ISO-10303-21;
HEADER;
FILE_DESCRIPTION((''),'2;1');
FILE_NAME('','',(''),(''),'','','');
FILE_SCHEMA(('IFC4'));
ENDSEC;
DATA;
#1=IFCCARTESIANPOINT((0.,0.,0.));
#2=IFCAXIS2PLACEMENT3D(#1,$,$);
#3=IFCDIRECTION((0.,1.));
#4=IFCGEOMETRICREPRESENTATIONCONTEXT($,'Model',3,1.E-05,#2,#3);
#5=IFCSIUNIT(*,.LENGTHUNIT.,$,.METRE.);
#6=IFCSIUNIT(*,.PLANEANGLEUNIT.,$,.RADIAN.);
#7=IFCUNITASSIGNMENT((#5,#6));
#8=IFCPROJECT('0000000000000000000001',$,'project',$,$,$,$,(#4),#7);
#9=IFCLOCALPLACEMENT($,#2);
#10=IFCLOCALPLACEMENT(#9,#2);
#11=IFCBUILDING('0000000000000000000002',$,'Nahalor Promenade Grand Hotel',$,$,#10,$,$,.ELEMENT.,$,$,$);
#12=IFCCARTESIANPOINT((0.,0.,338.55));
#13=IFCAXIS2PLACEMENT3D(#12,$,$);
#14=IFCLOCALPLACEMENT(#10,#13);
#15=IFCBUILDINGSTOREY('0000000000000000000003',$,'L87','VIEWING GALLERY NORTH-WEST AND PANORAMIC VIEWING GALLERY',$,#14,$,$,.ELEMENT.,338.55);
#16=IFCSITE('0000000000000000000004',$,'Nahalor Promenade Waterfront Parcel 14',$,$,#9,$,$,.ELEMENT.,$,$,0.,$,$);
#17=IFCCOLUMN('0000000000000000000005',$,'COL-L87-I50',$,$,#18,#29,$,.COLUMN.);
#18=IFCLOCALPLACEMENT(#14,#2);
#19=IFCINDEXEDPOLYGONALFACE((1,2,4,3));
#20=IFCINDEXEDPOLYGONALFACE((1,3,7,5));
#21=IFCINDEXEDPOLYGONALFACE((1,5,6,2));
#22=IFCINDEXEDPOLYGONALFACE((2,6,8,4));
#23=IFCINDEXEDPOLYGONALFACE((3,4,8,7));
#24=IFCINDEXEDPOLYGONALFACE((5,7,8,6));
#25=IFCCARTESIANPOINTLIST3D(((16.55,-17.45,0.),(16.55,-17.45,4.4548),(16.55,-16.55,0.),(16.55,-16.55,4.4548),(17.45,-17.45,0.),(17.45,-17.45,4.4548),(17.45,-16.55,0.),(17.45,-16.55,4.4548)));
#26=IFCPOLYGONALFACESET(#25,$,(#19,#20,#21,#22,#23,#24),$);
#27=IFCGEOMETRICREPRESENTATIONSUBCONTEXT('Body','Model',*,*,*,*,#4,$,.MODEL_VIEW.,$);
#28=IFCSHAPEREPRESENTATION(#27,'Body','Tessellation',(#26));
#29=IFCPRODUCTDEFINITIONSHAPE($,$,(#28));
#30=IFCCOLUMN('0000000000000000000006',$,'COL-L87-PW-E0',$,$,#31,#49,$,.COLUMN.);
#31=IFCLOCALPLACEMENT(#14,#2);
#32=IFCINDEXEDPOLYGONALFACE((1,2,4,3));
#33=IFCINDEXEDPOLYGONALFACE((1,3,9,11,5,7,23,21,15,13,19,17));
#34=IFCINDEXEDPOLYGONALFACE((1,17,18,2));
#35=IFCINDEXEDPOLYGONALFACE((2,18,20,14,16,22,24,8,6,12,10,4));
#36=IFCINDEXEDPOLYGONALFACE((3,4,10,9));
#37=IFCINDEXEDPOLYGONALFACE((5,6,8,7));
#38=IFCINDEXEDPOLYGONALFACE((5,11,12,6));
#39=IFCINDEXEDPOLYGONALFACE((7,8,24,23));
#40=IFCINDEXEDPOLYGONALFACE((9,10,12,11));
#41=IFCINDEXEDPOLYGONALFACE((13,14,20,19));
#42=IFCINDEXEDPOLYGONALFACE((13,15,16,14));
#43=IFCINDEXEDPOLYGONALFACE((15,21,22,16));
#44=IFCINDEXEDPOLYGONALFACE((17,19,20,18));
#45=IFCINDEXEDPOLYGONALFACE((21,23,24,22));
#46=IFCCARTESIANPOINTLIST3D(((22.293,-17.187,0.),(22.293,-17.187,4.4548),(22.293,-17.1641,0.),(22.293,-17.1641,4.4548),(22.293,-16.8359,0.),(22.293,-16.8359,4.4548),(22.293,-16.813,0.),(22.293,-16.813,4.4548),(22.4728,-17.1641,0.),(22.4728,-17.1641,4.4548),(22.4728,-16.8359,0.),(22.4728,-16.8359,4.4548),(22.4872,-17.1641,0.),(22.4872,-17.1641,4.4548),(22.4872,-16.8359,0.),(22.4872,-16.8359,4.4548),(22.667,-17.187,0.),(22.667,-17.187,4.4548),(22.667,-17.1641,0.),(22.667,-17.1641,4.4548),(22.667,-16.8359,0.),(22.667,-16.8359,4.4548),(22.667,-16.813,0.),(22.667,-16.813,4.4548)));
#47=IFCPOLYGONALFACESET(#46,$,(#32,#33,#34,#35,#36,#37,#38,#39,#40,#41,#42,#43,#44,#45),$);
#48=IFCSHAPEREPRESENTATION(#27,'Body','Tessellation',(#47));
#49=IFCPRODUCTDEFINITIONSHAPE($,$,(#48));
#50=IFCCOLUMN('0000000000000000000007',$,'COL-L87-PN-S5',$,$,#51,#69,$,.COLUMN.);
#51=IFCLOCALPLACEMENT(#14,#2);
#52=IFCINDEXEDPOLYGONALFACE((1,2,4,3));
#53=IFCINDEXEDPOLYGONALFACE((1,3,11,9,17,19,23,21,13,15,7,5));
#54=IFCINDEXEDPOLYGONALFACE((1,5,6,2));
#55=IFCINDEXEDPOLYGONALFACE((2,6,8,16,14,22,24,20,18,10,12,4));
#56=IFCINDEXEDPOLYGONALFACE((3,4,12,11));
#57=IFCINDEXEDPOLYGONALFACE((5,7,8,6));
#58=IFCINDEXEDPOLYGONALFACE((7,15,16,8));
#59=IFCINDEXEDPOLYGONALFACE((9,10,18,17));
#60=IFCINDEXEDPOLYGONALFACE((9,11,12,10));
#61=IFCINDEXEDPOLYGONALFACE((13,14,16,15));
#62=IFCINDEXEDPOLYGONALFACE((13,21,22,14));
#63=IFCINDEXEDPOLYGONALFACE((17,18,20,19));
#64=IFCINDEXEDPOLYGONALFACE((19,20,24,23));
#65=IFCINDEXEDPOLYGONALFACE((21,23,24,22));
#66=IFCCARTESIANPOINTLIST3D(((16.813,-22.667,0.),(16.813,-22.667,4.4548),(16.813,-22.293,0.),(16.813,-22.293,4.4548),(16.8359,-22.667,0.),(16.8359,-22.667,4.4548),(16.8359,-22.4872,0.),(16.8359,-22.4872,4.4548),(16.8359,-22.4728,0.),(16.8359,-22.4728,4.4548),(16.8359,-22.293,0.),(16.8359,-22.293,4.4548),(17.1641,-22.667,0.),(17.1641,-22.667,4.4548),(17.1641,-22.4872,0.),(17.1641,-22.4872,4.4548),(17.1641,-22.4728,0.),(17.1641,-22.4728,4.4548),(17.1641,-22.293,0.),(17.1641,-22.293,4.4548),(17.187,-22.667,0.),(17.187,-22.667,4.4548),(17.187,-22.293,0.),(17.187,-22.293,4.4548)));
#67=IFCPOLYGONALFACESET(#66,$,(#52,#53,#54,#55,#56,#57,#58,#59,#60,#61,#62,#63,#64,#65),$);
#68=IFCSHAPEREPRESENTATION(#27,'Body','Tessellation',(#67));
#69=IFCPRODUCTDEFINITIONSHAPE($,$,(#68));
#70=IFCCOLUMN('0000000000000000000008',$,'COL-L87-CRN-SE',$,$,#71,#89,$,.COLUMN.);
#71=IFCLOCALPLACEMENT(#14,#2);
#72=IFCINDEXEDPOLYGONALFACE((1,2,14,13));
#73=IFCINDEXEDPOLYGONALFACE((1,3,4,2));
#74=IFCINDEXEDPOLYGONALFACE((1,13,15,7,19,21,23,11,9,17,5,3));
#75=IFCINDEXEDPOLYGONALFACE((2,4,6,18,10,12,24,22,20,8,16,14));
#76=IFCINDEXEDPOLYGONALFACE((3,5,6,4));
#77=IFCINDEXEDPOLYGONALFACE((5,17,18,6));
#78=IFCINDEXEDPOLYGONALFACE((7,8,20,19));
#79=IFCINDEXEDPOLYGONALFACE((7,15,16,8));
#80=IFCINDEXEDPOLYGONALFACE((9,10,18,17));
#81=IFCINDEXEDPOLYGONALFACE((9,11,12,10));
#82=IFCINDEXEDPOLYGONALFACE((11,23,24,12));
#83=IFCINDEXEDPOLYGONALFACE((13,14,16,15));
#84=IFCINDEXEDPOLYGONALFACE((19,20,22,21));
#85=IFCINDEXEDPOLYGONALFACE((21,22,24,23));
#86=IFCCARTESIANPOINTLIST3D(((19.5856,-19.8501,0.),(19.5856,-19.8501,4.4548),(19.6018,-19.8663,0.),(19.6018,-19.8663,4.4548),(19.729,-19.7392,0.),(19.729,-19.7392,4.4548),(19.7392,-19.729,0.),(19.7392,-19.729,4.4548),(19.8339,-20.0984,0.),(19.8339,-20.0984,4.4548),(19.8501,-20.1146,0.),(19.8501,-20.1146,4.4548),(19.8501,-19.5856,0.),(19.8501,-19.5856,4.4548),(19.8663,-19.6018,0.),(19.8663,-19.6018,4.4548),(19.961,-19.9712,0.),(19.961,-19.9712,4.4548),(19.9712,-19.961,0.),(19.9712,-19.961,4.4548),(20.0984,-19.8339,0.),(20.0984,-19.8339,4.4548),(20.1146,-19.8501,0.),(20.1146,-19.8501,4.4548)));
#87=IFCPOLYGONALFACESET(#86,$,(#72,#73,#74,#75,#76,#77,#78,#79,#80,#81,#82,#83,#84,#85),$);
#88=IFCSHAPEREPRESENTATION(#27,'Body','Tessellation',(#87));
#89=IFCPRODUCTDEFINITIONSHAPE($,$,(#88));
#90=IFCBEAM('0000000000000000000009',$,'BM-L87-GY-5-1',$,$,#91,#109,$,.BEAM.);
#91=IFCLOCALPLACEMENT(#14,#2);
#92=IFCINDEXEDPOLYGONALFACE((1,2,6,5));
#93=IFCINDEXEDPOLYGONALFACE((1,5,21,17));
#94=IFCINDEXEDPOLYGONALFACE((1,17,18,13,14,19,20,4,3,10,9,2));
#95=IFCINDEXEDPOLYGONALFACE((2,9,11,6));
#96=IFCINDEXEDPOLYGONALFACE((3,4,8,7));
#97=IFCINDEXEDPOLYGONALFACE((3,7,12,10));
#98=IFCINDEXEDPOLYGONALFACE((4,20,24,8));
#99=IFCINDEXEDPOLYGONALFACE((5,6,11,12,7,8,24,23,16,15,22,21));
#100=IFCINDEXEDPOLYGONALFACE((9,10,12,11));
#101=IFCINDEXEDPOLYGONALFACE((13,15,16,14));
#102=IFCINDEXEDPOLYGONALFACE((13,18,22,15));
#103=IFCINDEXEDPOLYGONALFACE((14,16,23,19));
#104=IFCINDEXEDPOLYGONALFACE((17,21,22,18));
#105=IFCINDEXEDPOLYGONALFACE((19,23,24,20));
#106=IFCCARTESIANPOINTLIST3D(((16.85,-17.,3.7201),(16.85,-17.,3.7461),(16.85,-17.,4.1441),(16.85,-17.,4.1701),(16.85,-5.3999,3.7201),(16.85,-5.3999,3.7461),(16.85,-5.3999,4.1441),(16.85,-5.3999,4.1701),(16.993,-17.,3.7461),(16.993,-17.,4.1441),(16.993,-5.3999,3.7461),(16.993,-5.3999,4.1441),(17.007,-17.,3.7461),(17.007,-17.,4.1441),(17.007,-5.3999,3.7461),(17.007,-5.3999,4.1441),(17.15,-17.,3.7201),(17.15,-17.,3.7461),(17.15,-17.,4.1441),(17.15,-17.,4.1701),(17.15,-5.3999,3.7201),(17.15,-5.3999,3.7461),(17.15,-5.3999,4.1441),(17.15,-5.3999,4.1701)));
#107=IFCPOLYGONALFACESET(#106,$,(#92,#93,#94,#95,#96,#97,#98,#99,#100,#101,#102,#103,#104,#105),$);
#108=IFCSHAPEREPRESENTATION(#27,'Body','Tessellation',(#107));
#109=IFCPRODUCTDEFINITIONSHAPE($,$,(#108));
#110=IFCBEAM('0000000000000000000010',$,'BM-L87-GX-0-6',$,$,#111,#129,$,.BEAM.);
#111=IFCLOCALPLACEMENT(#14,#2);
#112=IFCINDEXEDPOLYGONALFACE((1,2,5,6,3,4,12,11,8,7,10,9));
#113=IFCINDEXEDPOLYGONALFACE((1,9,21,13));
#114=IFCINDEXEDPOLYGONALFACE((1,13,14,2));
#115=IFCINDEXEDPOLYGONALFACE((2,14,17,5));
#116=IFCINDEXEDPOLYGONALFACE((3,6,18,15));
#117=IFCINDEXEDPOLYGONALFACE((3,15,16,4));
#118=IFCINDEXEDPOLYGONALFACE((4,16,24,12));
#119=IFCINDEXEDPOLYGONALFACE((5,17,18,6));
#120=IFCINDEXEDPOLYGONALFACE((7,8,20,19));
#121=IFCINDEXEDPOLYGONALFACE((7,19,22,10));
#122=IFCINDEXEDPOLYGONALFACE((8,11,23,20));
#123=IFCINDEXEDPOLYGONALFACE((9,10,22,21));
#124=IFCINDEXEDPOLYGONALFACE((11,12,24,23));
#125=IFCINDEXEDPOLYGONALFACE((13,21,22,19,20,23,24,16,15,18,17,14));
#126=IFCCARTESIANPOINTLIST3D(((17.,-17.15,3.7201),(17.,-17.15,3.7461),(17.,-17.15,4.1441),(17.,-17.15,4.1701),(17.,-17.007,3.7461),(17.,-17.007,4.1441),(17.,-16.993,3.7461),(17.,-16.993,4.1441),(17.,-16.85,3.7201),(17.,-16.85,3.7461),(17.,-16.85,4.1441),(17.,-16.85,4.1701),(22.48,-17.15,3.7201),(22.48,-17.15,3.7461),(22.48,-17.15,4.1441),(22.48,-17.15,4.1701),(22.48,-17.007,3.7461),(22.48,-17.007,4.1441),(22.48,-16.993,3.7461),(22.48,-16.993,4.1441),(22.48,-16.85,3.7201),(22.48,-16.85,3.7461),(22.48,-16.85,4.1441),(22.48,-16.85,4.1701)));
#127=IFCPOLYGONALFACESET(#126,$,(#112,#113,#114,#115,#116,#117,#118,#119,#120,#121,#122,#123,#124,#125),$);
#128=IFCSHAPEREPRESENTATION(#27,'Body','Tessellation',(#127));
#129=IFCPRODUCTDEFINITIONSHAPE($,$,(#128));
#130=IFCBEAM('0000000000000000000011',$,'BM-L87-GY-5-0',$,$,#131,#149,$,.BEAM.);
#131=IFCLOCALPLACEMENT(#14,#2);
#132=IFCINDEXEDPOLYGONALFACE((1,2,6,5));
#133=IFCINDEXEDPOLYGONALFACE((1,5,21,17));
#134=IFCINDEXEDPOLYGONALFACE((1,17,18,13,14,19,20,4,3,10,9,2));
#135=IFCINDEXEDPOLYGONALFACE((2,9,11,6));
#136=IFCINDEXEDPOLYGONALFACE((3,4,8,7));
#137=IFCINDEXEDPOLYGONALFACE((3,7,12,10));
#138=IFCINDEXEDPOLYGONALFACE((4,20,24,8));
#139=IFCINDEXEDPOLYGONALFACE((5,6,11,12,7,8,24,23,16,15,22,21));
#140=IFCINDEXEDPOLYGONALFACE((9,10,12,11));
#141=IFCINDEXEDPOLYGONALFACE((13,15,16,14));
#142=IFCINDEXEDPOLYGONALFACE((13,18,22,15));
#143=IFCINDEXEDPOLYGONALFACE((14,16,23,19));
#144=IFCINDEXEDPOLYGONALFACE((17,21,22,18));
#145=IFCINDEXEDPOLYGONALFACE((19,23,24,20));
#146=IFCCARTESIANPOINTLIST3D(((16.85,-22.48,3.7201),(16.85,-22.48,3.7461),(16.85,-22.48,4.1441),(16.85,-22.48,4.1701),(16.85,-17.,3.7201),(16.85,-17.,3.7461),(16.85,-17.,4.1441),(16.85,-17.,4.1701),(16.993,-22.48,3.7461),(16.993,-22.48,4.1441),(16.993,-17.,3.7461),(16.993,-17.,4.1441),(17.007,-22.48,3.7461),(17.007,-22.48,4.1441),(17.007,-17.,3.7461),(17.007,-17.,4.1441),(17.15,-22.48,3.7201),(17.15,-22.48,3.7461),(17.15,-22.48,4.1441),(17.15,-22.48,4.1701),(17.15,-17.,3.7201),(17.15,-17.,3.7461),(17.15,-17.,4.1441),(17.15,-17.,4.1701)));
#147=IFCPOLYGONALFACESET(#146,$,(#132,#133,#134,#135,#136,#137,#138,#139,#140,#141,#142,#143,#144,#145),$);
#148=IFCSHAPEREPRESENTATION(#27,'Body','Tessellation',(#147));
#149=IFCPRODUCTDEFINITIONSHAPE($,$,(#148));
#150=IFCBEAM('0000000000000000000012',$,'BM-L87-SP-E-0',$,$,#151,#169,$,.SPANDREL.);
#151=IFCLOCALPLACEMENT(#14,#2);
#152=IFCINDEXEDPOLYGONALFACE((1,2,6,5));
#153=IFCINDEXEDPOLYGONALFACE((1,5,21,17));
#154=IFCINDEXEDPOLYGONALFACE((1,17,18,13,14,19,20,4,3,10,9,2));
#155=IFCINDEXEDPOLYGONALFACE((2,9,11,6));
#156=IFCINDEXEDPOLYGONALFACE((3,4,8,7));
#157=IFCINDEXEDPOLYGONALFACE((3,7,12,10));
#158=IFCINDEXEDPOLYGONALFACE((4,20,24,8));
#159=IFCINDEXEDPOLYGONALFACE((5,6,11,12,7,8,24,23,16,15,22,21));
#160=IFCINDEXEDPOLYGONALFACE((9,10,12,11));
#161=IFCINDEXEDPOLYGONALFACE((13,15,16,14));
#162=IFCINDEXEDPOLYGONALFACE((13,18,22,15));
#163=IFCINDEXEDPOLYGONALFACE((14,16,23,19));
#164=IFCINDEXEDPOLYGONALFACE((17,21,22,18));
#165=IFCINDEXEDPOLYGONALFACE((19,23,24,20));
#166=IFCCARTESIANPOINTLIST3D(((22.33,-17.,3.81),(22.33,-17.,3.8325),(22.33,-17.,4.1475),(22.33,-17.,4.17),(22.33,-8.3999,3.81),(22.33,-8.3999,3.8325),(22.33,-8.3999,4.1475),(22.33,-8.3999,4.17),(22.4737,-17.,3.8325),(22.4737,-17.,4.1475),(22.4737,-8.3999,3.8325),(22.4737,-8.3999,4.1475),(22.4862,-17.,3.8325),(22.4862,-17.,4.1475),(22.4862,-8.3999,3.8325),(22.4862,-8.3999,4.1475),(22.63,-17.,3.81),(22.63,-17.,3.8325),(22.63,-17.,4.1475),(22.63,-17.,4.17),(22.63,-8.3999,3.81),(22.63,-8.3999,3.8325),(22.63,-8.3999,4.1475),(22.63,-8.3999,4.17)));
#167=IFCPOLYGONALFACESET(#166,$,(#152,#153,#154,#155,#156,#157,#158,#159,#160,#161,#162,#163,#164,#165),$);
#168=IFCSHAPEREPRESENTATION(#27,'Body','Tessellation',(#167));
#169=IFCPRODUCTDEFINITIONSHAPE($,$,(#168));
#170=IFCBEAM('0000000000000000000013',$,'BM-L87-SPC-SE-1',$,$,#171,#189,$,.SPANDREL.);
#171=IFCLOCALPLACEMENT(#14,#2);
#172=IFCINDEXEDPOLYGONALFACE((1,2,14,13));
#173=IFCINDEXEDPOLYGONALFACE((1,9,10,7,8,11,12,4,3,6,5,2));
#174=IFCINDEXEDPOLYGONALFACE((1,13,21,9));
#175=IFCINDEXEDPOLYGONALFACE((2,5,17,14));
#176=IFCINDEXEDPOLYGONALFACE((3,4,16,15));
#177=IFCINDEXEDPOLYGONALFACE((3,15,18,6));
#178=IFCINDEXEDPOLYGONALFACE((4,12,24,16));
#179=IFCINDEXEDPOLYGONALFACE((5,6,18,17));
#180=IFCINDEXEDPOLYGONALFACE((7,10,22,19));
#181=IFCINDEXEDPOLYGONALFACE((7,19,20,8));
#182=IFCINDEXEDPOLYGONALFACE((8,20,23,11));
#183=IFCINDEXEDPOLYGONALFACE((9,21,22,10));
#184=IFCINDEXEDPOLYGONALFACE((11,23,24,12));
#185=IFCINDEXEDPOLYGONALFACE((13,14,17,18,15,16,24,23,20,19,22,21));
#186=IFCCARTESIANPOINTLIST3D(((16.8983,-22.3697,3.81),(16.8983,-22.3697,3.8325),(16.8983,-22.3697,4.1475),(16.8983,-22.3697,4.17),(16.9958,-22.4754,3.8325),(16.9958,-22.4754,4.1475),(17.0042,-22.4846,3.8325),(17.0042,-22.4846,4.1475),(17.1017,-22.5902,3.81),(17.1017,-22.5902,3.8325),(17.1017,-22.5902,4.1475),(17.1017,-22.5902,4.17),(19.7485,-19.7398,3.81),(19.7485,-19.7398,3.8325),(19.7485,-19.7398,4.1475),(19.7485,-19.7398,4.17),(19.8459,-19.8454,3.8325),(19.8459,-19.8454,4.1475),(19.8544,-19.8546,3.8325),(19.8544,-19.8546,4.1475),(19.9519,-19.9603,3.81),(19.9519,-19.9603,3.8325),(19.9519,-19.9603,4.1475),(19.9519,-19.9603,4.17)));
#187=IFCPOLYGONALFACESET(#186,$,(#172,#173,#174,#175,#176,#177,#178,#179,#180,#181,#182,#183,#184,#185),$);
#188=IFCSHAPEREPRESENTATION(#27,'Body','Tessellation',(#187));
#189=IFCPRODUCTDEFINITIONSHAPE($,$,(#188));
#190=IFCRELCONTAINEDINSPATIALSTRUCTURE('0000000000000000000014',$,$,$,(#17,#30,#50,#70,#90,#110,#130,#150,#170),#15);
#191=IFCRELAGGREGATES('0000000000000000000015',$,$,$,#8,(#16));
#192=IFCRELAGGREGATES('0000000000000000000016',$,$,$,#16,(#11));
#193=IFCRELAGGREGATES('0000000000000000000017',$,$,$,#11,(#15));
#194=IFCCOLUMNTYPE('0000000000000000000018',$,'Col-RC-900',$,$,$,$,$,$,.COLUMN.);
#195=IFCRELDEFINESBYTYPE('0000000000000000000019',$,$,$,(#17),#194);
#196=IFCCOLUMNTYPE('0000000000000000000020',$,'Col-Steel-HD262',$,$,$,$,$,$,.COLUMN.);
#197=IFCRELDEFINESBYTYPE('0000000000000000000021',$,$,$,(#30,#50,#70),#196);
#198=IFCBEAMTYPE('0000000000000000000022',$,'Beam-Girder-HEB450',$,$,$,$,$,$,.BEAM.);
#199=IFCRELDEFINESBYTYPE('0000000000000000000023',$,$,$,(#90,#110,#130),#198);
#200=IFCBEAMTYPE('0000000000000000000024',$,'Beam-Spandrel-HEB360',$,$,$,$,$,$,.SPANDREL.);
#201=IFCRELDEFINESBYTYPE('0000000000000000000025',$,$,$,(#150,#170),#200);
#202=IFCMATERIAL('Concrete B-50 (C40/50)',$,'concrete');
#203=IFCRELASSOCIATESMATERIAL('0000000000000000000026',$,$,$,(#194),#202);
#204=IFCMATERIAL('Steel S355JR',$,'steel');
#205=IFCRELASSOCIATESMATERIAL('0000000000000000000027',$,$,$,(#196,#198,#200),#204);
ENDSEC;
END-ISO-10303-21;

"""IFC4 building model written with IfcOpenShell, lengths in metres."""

from ifc_helpers import new_model, si_unit, direction, frame, origin, origin_2d, place, context, subcontext, project, spatial, rectangle, i_section, extrude, source, transform, mapped, material, material_profile, profile_set, type_object, element, save


model = new_model("IFC4")

# Units and contexts
model_context = context("Model", 3, precision=1e-05, world=origin(), true_north=direction((0.0, 1.0)))
body_context = subcontext(model_context, "Body", "Model", "MODEL_VIEW")
ifc_project = project(units=[si_unit("LENGTHUNIT", "METRE"), si_unit("PLANEANGLEUNIT", "RADIAN")], contexts=[model_context])

# Site, building, storey
site_placement = place(None, origin())
site = spatial("IfcSite", under=ifc_project, at=site_placement, Name="Nahalor Promenade Waterfront Parcel 14", CompositionType="ELEMENT", RefElevation=0.0)
building_placement = place(site_placement, origin())
building = spatial("IfcBuilding", under=site, at=building_placement, Name="Nahalor Promenade Grand Hotel", CompositionType="ELEMENT")
storey_placement = place(building_placement, frame((0.0, 0.0, 338.55)))
storey = spatial("IfcBuildingStorey", under=building, at=storey_placement, Name="L87", Description="VIEWING GALLERY NORTH-WEST AND PANORAMIC VIEWING GALLERY", CompositionType="ELEMENT", Elevation=338.55)

# Columns
ifc_material_1 = material(Name="Concrete B-50 (C40/50)", Category="concrete")
ifc_material_profile_1 = material_profile(ifc_material_1, rectangle(XDim=0.9, YDim=0.9, at=origin_2d()), Name="RC 900x900")
ifc_profile_set_1 = profile_set([ifc_material_profile_1], Name="Concrete B-50 (C40/50)")
column_type_1 = type_object("IfcColumnType", Name="Col-RC-900", PredefinedType="COLUMN", material=ifc_profile_set_1)
shared_shape_1 = source(origin(), body_context, "Body", "SweptSolid", [
    extrude(rectangle(XDim=0.9, YDim=0.9, at=origin_2d()), origin(), (0.0, 0.0, 1.0), 4.4548),
])
column_placement = place(storey_placement, frame((17.0, -17.0, 0.0), z_axis=(0.0, 0.0, 1.0), x_axis=(1.0, 0.0, 0.0)))
element("IfcColumn", 1, at=column_placement, inside=storey, type_object=column_type_1, Name="COL-L87-I50", PredefinedType="COLUMN", context=body_context, shape_type="MappedRepresentation", body=[
    mapped(shared_shape_1, transform((0.0, 0.0, 0.0), scale=1.0)),
])
ifc_material_2 = material(Name="Steel S355JR", Category="steel")
ifc_material_profile_2 = material_profile(ifc_material_2, i_section(OverallWidth=0.374, OverallDepth=0.374, WebThickness=0.0144, FlangeThickness=0.0229, at=origin_2d()), Name="HD 360x262")
ifc_profile_set_2 = profile_set([ifc_material_profile_2], Name="Steel S355JR")
column_type_2 = type_object("IfcColumnType", Name="Col-Steel-HD262", PredefinedType="COLUMN", material=ifc_profile_set_2)
shared_shape_2 = source(origin(), body_context, "Body", "SweptSolid", [
    extrude(i_section(OverallWidth=0.374, OverallDepth=0.374, WebThickness=0.0144, FlangeThickness=0.0229, at=origin_2d()), origin(), (0.0, 0.0, 1.0), 4.4548),
])
for number, where, z_axis, x_axis, name in (
    (2, (22.48, -17.0, 0.0), (0.0, 0.0, 1.0), (1.0, 0.0, 0.0), "COL-L87-PW-E0"),
    (3, (17.0, -22.48, 0.0), (0.0, 0.0, 1.0), (0.0, 1.0, 0.0), "COL-L87-PN-S5"),
    (4, (19.8501, -19.8501, 0.0), (0.0, 0.0, 1.0), (0.707107, 0.707107, 0.0), "COL-L87-CRN-SE"),
):
    element("IfcColumn", number, at=place(storey_placement, frame(where, z_axis=z_axis, x_axis=x_axis)), inside=storey, type_object=column_type_2, Name=name, PredefinedType="COLUMN", context=body_context, shape_type="MappedRepresentation", body=[
        mapped(shared_shape_2, transform((0.0, 0.0, 0.0), scale=1.0)),
    ])

# Beams
ifc_material_profile_3 = material_profile(ifc_material_2, i_section(OverallWidth=0.3, OverallDepth=0.45, WebThickness=0.014, FlangeThickness=0.026, at=origin_2d()), Name="HEB 450")
ifc_profile_set_3 = profile_set([ifc_material_profile_3], Name="Steel S355JR")
beam_type_1 = type_object("IfcBeamType", Name="Beam-Girder-HEB450", PredefinedType="BEAM", material=ifc_profile_set_3)
shared_shape_3 = source(origin(), body_context, "Body", "SweptSolid", [
    extrude(i_section(OverallWidth=0.3, OverallDepth=0.45, WebThickness=0.014, FlangeThickness=0.026, at=origin_2d()), origin(), (0.0, 0.0, 1.0), 11.6001),
])
beam_1_placement = place(storey_placement, frame((17.0, -17.0, 3.9451), z_axis=(0.0, 1.0, 0.0), x_axis=(-1.0, 0.0, 0.0)))
element("IfcBeam", 5, at=beam_1_placement, inside=storey, type_object=beam_type_1, Name="BM-L87-GY-5-1", PredefinedType="BEAM", context=body_context, shape_type="MappedRepresentation", body=[
    mapped(shared_shape_3, transform((0.0, 0.0, 0.0), scale=1.0)),
])
shared_shape_4 = source(origin(), body_context, "Body", "SweptSolid", [
    extrude(i_section(OverallWidth=0.3, OverallDepth=0.45, WebThickness=0.014, FlangeThickness=0.026, at=origin_2d()), origin(), (0.0, 0.0, 1.0), 5.48),
])
for number, where, z_axis, x_axis, name in (
    (6, (17.0, -17.0, 3.9451), (1.0, 0.0, 0.0), (0.0, 1.0, 0.0), "BM-L87-GX-0-6"),
    (7, (17.0, -22.48, 3.9451), (0.0, 1.0, 0.0), (-1.0, 0.0, 0.0), "BM-L87-GY-5-0"),
):
    element("IfcBeam", number, at=place(storey_placement, frame(where, z_axis=z_axis, x_axis=x_axis)), inside=storey, type_object=beam_type_1, Name=name, PredefinedType="BEAM", context=body_context, shape_type="MappedRepresentation", body=[
        mapped(shared_shape_4, transform((0.0, 0.0, 0.0), scale=1.0)),
    ])
ifc_material_profile_4 = material_profile(ifc_material_2, i_section(OverallWidth=0.3, OverallDepth=0.36, WebThickness=0.0125, FlangeThickness=0.0225, at=origin_2d()), Name="HEB 360")
ifc_profile_set_4 = profile_set([ifc_material_profile_4], Name="Steel S355JR")
beam_type_2 = type_object("IfcBeamType", Name="Beam-Spandrel-HEB360", PredefinedType="SPANDREL", material=ifc_profile_set_4)
shared_shape_5 = source(origin(), body_context, "Body", "SweptSolid", [
    extrude(i_section(OverallWidth=0.3, OverallDepth=0.36, WebThickness=0.0125, FlangeThickness=0.0225, at=origin_2d()), origin(), (0.0, 0.0, 1.0), 8.6001),
])
beam_2_placement = place(storey_placement, frame((22.48, -17.0, 3.99), z_axis=(0.0, 1.0, 0.0), x_axis=(-1.0, 0.0, 0.0)))
element("IfcBeam", 8, at=beam_2_placement, inside=storey, type_object=beam_type_2, Name="BM-L87-SP-E-0", PredefinedType="SPANDREL", context=body_context, shape_type="MappedRepresentation", body=[
    mapped(shared_shape_5, transform((0.0, 0.0, 0.0), scale=1.0)),
])
shared_shape_6 = source(origin(), body_context, "Body", "SweptSolid", [
    extrude(i_section(OverallWidth=0.3, OverallDepth=0.36, WebThickness=0.0125, FlangeThickness=0.0225, at=origin_2d()), origin(), (0.0, 0.0, 1.0), 3.8782),
])
for number, where, z_axis, x_axis, name in (
    (9, (17.0, -22.48, 3.99), (0.734929, 0.678144, 0.0), (-0.678144, 0.734929, 0.0), "BM-L87-SPC-SE-1"),
):
    element("IfcBeam", number, at=place(storey_placement, frame(where, z_axis=z_axis, x_axis=x_axis)), inside=storey, type_object=beam_type_2, Name=name, PredefinedType="SPANDREL", context=body_context, shape_type="MappedRepresentation", body=[
        mapped(shared_shape_6, transform((0.0, 0.0, 0.0), scale=1.0)),
    ])

save(model, "model.ifc")
